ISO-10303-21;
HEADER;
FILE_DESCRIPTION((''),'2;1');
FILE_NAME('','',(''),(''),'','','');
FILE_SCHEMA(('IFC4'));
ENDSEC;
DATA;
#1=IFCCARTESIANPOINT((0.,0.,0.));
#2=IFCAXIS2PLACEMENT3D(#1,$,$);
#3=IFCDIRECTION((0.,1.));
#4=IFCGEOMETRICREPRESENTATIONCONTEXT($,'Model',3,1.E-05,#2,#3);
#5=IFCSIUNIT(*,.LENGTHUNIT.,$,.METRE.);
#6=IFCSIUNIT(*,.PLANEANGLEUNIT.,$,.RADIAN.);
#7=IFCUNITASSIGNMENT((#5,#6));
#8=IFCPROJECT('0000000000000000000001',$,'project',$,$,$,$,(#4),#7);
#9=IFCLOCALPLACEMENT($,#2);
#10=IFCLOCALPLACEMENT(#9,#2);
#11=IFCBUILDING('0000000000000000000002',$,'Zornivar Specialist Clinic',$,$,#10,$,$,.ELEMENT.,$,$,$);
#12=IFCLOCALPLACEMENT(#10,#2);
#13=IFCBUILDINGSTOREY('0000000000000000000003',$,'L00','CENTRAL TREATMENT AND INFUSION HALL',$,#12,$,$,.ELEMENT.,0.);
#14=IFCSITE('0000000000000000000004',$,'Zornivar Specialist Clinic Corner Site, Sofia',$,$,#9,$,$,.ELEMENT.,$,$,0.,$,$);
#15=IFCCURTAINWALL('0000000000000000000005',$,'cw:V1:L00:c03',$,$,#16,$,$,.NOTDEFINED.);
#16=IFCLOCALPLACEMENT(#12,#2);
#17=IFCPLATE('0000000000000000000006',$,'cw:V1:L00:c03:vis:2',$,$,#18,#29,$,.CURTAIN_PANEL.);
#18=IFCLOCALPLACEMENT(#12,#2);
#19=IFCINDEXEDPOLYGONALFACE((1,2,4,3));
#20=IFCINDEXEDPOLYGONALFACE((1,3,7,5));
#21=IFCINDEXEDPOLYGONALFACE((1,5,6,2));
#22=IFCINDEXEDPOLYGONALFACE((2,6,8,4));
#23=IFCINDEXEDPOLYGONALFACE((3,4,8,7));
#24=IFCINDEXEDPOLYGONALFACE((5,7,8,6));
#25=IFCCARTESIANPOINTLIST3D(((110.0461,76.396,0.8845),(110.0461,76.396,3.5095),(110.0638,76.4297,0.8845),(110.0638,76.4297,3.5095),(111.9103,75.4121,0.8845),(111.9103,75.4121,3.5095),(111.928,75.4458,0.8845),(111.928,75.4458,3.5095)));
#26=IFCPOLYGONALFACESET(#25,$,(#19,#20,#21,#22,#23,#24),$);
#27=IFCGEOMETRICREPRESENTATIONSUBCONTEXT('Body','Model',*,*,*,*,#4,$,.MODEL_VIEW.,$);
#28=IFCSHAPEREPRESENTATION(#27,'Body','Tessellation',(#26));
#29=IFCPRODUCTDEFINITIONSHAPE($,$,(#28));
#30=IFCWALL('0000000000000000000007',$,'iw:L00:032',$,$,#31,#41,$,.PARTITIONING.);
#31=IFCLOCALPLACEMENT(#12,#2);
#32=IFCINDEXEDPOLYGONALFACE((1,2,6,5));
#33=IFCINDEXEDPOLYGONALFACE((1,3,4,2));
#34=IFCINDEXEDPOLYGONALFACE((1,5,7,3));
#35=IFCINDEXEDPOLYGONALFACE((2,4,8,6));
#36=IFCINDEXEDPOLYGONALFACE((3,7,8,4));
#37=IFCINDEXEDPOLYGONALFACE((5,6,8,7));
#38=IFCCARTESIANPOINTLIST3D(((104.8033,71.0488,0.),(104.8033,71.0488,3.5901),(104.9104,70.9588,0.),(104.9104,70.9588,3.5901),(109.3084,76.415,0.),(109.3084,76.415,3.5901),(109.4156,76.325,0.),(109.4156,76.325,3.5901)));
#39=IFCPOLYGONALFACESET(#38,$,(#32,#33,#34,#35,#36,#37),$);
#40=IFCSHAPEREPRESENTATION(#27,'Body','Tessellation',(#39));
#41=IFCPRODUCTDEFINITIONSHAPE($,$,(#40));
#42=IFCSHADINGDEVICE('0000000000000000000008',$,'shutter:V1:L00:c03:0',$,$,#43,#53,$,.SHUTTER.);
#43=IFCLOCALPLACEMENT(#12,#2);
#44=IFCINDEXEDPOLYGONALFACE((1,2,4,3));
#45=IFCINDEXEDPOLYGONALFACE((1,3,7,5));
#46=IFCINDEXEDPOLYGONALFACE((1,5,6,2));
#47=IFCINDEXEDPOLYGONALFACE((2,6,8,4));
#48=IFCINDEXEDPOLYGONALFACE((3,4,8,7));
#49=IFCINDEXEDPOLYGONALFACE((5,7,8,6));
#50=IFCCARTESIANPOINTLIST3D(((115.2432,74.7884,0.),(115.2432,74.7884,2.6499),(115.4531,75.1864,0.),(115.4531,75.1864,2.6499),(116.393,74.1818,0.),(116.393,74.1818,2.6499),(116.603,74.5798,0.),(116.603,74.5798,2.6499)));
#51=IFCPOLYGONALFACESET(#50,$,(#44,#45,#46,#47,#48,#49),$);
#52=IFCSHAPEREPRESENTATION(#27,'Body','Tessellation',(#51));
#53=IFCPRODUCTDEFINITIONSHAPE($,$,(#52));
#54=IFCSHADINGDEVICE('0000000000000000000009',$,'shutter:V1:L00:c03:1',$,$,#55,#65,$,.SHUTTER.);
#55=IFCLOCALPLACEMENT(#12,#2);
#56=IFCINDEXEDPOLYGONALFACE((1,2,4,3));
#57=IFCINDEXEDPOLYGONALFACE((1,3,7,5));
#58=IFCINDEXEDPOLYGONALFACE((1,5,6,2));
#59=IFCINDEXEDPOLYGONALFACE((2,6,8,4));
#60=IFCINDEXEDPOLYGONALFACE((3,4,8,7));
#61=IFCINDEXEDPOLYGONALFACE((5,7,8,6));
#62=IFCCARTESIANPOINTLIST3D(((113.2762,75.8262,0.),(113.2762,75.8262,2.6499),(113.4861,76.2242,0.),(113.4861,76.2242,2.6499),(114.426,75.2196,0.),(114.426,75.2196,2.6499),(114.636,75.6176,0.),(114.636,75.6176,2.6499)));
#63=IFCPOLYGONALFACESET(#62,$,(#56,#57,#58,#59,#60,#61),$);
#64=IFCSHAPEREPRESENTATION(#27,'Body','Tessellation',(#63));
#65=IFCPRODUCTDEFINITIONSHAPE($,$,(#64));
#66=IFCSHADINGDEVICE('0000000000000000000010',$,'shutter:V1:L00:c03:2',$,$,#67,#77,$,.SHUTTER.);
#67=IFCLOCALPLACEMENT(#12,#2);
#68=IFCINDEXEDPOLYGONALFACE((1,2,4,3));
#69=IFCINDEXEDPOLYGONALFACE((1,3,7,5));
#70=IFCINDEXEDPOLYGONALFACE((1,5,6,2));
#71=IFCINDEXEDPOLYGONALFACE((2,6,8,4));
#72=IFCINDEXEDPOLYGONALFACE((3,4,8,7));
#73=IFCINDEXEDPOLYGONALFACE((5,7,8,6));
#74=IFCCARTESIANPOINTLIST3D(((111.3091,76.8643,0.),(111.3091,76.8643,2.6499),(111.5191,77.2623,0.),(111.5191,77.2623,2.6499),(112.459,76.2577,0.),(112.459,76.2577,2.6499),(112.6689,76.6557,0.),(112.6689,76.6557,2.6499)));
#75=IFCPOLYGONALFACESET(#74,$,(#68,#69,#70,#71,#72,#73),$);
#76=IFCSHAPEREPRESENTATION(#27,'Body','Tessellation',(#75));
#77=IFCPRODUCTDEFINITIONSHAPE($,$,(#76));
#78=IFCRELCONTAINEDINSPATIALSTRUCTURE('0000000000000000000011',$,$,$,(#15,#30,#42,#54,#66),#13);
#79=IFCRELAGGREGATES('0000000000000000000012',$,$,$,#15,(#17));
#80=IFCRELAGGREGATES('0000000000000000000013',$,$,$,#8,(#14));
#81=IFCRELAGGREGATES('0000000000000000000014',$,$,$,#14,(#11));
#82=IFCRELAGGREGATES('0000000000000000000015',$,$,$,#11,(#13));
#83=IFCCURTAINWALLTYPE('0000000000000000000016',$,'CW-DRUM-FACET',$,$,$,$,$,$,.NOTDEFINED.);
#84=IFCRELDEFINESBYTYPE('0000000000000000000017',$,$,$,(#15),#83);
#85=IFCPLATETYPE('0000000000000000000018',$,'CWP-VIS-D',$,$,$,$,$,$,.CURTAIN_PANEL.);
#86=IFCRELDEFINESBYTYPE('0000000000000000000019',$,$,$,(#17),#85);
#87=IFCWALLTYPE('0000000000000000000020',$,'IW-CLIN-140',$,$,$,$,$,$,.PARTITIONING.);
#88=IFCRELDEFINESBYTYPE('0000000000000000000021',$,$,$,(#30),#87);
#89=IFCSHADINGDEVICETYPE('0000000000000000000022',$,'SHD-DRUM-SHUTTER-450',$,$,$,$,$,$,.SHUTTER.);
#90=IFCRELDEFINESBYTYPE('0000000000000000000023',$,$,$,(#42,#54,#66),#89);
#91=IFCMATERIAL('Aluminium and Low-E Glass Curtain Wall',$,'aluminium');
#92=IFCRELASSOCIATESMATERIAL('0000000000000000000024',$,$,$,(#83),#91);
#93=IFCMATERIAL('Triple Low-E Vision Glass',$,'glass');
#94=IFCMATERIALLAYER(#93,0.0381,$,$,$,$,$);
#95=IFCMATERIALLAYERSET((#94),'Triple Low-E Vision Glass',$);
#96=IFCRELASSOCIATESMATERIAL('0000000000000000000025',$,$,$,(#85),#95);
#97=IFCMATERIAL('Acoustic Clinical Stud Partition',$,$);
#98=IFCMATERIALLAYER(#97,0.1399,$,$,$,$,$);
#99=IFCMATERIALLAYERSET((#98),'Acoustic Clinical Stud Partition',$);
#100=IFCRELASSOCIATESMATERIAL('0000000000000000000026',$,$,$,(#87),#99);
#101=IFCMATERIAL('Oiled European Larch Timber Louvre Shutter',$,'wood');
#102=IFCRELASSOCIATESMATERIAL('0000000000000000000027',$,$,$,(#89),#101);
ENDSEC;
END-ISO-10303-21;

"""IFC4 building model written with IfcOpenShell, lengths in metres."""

from ifc_helpers import new_model, si_unit, direction, frame, frame_2d, origin, origin_2d, place, context, subcontext, project, spatial, rectangle, extrude, material, layer, layer_set, type_object, element, aggregate, save


model = new_model("IFC4")

# Units and contexts
model_context = context("Model", 3, precision=1e-05, world=origin(), true_north=direction((0.0, 1.0)))
body_context = subcontext(model_context, "Body", "Model", "MODEL_VIEW")
ifc_project = project(units=[si_unit("LENGTHUNIT", "METRE"), si_unit("PLANEANGLEUNIT", "RADIAN")], contexts=[model_context])

# Site, building, storey
site_placement = place(None, origin())
site = spatial("IfcSite", under=ifc_project, at=site_placement, Name="Zornivar Specialist Clinic Corner Site, Sofia", CompositionType="ELEMENT", RefElevation=0.0)
building_placement = place(site_placement, origin())
building = spatial("IfcBuilding", under=site, at=building_placement, Name="Zornivar Specialist Clinic", CompositionType="ELEMENT")
storey_placement = place(building_placement, origin())
storey = spatial("IfcBuildingStorey", under=building, at=storey_placement, Name="L00", Description="CENTRAL TREATMENT AND INFUSION HALL", CompositionType="ELEMENT", Elevation=0.0)

# Curtain wall
ifc_material_1 = material(Name="Aluminium and Low-E Glass Curtain Wall", Category="aluminium")
curtain_wall_type = type_object("IfcCurtainWallType", Name="CW-DRUM-FACET", PredefinedType="NOTDEFINED", material=ifc_material_1)
curtain_wall_1_placement = place(storey_placement, origin())
curtain_wall_1 = element("IfcCurtainWall", 1, at=curtain_wall_1_placement, inside=storey, type_object=curtain_wall_type, Name="cw:V1:L00:c03", PredefinedType="NOTDEFINED")

# Plate
ifc_material_2 = material(Name="Triple Low-E Vision Glass", Category="glass")
ifc_layer_1 = layer(ifc_material_2, 0.0381)
ifc_layer_set_1 = layer_set([ifc_layer_1], Name="Triple Low-E Vision Glass")
plate_type_1 = type_object("IfcPlateType", Name="CWP-VIS-D", PredefinedType="CURTAIN_PANEL", material=ifc_layer_set_1)
plate_1_placement = place(storey_placement, frame((110.9871, 75.9209, 0.8845), z_axis=(0.0, 0.0, 1.0), x_axis=(-0.884383, 0.466762, 0.0)))
plate_1 = element("IfcPlate", 2, at=plate_1_placement, type_object=plate_type_1, Name="cw:V1:L00:c03:vis:2", PredefinedType="CURTAIN_PANEL", context=body_context, shape_type="SweptSolid", body=[
    extrude(rectangle(XDim=2.1079, YDim=0.0381, at=origin_2d()), origin(), (0.0, 0.0, 1.0), 2.625),
])
aggregate(curtain_wall_1, [plate_1])

# Wall
ifc_material_3 = material(Name="Acoustic Clinical Stud Partition")
ifc_layer_2 = layer(ifc_material_3, 0.1399)
ifc_layer_set_2 = layer_set([ifc_layer_2], Name="Acoustic Clinical Stud Partition")
wall_type = type_object("IfcWallType", Name="IW-CLIN-140", PredefinedType="PARTITIONING", material=ifc_layer_set_2)
wall_placement = place(storey_placement, frame((109.3621, 76.3701, 0.0), z_axis=(0.0, 0.0, 1.0), x_axis=(-0.642984, -0.76588, 0.0)))
element("IfcWall", 3, at=wall_placement, inside=storey, type_object=wall_type, Name="iw:L00:032", PredefinedType="PARTITIONING", context=body_context, shape_type="SweptSolid", body=[
    extrude(rectangle(XDim=7.0066, YDim=0.1399, at=frame_2d((3.5034, 0.0))), origin(), (0.0, 0.0, 1.0), 3.5901),
])

# Shading devices
ifc_material_4 = material(Name="Oiled European Larch Timber Louvre Shutter", Category="wood")
shading_device_type = type_object("IfcShadingDeviceType", Name="SHD-DRUM-SHUTTER-450", PredefinedType="SHUTTER", material=ifc_material_4)
for number, where, z_axis, x_axis, name in (
    (4, (115.9231, 74.6841, 0.0), (0.0, 0.0, 1.0), (-0.88447, 0.466597, 0.0), "shutter:V1:L00:c03:0"),
    (5, (113.9561, 75.7219, 0.0), (0.0, 0.0, 1.0), (-0.88447, 0.466597, 0.0), "shutter:V1:L00:c03:1"),
    (6, (111.989, 76.76, 0.0), (0.0, 0.0, 1.0), (-0.88447, 0.466597, 0.0), "shutter:V1:L00:c03:2"),
):
    element("IfcShadingDevice", number, at=place(storey_placement, frame(where, z_axis=z_axis, x_axis=x_axis)), inside=storey, type_object=shading_device_type, Name=name, PredefinedType="SHUTTER", context=body_context, shape_type="SweptSolid", body=[
        extrude(rectangle(XDim=1.3, YDim=0.45, at=origin_2d()), origin(), (0.0, 0.0, 1.0), 2.6499),
    ])

save(model, "model.ifc")
